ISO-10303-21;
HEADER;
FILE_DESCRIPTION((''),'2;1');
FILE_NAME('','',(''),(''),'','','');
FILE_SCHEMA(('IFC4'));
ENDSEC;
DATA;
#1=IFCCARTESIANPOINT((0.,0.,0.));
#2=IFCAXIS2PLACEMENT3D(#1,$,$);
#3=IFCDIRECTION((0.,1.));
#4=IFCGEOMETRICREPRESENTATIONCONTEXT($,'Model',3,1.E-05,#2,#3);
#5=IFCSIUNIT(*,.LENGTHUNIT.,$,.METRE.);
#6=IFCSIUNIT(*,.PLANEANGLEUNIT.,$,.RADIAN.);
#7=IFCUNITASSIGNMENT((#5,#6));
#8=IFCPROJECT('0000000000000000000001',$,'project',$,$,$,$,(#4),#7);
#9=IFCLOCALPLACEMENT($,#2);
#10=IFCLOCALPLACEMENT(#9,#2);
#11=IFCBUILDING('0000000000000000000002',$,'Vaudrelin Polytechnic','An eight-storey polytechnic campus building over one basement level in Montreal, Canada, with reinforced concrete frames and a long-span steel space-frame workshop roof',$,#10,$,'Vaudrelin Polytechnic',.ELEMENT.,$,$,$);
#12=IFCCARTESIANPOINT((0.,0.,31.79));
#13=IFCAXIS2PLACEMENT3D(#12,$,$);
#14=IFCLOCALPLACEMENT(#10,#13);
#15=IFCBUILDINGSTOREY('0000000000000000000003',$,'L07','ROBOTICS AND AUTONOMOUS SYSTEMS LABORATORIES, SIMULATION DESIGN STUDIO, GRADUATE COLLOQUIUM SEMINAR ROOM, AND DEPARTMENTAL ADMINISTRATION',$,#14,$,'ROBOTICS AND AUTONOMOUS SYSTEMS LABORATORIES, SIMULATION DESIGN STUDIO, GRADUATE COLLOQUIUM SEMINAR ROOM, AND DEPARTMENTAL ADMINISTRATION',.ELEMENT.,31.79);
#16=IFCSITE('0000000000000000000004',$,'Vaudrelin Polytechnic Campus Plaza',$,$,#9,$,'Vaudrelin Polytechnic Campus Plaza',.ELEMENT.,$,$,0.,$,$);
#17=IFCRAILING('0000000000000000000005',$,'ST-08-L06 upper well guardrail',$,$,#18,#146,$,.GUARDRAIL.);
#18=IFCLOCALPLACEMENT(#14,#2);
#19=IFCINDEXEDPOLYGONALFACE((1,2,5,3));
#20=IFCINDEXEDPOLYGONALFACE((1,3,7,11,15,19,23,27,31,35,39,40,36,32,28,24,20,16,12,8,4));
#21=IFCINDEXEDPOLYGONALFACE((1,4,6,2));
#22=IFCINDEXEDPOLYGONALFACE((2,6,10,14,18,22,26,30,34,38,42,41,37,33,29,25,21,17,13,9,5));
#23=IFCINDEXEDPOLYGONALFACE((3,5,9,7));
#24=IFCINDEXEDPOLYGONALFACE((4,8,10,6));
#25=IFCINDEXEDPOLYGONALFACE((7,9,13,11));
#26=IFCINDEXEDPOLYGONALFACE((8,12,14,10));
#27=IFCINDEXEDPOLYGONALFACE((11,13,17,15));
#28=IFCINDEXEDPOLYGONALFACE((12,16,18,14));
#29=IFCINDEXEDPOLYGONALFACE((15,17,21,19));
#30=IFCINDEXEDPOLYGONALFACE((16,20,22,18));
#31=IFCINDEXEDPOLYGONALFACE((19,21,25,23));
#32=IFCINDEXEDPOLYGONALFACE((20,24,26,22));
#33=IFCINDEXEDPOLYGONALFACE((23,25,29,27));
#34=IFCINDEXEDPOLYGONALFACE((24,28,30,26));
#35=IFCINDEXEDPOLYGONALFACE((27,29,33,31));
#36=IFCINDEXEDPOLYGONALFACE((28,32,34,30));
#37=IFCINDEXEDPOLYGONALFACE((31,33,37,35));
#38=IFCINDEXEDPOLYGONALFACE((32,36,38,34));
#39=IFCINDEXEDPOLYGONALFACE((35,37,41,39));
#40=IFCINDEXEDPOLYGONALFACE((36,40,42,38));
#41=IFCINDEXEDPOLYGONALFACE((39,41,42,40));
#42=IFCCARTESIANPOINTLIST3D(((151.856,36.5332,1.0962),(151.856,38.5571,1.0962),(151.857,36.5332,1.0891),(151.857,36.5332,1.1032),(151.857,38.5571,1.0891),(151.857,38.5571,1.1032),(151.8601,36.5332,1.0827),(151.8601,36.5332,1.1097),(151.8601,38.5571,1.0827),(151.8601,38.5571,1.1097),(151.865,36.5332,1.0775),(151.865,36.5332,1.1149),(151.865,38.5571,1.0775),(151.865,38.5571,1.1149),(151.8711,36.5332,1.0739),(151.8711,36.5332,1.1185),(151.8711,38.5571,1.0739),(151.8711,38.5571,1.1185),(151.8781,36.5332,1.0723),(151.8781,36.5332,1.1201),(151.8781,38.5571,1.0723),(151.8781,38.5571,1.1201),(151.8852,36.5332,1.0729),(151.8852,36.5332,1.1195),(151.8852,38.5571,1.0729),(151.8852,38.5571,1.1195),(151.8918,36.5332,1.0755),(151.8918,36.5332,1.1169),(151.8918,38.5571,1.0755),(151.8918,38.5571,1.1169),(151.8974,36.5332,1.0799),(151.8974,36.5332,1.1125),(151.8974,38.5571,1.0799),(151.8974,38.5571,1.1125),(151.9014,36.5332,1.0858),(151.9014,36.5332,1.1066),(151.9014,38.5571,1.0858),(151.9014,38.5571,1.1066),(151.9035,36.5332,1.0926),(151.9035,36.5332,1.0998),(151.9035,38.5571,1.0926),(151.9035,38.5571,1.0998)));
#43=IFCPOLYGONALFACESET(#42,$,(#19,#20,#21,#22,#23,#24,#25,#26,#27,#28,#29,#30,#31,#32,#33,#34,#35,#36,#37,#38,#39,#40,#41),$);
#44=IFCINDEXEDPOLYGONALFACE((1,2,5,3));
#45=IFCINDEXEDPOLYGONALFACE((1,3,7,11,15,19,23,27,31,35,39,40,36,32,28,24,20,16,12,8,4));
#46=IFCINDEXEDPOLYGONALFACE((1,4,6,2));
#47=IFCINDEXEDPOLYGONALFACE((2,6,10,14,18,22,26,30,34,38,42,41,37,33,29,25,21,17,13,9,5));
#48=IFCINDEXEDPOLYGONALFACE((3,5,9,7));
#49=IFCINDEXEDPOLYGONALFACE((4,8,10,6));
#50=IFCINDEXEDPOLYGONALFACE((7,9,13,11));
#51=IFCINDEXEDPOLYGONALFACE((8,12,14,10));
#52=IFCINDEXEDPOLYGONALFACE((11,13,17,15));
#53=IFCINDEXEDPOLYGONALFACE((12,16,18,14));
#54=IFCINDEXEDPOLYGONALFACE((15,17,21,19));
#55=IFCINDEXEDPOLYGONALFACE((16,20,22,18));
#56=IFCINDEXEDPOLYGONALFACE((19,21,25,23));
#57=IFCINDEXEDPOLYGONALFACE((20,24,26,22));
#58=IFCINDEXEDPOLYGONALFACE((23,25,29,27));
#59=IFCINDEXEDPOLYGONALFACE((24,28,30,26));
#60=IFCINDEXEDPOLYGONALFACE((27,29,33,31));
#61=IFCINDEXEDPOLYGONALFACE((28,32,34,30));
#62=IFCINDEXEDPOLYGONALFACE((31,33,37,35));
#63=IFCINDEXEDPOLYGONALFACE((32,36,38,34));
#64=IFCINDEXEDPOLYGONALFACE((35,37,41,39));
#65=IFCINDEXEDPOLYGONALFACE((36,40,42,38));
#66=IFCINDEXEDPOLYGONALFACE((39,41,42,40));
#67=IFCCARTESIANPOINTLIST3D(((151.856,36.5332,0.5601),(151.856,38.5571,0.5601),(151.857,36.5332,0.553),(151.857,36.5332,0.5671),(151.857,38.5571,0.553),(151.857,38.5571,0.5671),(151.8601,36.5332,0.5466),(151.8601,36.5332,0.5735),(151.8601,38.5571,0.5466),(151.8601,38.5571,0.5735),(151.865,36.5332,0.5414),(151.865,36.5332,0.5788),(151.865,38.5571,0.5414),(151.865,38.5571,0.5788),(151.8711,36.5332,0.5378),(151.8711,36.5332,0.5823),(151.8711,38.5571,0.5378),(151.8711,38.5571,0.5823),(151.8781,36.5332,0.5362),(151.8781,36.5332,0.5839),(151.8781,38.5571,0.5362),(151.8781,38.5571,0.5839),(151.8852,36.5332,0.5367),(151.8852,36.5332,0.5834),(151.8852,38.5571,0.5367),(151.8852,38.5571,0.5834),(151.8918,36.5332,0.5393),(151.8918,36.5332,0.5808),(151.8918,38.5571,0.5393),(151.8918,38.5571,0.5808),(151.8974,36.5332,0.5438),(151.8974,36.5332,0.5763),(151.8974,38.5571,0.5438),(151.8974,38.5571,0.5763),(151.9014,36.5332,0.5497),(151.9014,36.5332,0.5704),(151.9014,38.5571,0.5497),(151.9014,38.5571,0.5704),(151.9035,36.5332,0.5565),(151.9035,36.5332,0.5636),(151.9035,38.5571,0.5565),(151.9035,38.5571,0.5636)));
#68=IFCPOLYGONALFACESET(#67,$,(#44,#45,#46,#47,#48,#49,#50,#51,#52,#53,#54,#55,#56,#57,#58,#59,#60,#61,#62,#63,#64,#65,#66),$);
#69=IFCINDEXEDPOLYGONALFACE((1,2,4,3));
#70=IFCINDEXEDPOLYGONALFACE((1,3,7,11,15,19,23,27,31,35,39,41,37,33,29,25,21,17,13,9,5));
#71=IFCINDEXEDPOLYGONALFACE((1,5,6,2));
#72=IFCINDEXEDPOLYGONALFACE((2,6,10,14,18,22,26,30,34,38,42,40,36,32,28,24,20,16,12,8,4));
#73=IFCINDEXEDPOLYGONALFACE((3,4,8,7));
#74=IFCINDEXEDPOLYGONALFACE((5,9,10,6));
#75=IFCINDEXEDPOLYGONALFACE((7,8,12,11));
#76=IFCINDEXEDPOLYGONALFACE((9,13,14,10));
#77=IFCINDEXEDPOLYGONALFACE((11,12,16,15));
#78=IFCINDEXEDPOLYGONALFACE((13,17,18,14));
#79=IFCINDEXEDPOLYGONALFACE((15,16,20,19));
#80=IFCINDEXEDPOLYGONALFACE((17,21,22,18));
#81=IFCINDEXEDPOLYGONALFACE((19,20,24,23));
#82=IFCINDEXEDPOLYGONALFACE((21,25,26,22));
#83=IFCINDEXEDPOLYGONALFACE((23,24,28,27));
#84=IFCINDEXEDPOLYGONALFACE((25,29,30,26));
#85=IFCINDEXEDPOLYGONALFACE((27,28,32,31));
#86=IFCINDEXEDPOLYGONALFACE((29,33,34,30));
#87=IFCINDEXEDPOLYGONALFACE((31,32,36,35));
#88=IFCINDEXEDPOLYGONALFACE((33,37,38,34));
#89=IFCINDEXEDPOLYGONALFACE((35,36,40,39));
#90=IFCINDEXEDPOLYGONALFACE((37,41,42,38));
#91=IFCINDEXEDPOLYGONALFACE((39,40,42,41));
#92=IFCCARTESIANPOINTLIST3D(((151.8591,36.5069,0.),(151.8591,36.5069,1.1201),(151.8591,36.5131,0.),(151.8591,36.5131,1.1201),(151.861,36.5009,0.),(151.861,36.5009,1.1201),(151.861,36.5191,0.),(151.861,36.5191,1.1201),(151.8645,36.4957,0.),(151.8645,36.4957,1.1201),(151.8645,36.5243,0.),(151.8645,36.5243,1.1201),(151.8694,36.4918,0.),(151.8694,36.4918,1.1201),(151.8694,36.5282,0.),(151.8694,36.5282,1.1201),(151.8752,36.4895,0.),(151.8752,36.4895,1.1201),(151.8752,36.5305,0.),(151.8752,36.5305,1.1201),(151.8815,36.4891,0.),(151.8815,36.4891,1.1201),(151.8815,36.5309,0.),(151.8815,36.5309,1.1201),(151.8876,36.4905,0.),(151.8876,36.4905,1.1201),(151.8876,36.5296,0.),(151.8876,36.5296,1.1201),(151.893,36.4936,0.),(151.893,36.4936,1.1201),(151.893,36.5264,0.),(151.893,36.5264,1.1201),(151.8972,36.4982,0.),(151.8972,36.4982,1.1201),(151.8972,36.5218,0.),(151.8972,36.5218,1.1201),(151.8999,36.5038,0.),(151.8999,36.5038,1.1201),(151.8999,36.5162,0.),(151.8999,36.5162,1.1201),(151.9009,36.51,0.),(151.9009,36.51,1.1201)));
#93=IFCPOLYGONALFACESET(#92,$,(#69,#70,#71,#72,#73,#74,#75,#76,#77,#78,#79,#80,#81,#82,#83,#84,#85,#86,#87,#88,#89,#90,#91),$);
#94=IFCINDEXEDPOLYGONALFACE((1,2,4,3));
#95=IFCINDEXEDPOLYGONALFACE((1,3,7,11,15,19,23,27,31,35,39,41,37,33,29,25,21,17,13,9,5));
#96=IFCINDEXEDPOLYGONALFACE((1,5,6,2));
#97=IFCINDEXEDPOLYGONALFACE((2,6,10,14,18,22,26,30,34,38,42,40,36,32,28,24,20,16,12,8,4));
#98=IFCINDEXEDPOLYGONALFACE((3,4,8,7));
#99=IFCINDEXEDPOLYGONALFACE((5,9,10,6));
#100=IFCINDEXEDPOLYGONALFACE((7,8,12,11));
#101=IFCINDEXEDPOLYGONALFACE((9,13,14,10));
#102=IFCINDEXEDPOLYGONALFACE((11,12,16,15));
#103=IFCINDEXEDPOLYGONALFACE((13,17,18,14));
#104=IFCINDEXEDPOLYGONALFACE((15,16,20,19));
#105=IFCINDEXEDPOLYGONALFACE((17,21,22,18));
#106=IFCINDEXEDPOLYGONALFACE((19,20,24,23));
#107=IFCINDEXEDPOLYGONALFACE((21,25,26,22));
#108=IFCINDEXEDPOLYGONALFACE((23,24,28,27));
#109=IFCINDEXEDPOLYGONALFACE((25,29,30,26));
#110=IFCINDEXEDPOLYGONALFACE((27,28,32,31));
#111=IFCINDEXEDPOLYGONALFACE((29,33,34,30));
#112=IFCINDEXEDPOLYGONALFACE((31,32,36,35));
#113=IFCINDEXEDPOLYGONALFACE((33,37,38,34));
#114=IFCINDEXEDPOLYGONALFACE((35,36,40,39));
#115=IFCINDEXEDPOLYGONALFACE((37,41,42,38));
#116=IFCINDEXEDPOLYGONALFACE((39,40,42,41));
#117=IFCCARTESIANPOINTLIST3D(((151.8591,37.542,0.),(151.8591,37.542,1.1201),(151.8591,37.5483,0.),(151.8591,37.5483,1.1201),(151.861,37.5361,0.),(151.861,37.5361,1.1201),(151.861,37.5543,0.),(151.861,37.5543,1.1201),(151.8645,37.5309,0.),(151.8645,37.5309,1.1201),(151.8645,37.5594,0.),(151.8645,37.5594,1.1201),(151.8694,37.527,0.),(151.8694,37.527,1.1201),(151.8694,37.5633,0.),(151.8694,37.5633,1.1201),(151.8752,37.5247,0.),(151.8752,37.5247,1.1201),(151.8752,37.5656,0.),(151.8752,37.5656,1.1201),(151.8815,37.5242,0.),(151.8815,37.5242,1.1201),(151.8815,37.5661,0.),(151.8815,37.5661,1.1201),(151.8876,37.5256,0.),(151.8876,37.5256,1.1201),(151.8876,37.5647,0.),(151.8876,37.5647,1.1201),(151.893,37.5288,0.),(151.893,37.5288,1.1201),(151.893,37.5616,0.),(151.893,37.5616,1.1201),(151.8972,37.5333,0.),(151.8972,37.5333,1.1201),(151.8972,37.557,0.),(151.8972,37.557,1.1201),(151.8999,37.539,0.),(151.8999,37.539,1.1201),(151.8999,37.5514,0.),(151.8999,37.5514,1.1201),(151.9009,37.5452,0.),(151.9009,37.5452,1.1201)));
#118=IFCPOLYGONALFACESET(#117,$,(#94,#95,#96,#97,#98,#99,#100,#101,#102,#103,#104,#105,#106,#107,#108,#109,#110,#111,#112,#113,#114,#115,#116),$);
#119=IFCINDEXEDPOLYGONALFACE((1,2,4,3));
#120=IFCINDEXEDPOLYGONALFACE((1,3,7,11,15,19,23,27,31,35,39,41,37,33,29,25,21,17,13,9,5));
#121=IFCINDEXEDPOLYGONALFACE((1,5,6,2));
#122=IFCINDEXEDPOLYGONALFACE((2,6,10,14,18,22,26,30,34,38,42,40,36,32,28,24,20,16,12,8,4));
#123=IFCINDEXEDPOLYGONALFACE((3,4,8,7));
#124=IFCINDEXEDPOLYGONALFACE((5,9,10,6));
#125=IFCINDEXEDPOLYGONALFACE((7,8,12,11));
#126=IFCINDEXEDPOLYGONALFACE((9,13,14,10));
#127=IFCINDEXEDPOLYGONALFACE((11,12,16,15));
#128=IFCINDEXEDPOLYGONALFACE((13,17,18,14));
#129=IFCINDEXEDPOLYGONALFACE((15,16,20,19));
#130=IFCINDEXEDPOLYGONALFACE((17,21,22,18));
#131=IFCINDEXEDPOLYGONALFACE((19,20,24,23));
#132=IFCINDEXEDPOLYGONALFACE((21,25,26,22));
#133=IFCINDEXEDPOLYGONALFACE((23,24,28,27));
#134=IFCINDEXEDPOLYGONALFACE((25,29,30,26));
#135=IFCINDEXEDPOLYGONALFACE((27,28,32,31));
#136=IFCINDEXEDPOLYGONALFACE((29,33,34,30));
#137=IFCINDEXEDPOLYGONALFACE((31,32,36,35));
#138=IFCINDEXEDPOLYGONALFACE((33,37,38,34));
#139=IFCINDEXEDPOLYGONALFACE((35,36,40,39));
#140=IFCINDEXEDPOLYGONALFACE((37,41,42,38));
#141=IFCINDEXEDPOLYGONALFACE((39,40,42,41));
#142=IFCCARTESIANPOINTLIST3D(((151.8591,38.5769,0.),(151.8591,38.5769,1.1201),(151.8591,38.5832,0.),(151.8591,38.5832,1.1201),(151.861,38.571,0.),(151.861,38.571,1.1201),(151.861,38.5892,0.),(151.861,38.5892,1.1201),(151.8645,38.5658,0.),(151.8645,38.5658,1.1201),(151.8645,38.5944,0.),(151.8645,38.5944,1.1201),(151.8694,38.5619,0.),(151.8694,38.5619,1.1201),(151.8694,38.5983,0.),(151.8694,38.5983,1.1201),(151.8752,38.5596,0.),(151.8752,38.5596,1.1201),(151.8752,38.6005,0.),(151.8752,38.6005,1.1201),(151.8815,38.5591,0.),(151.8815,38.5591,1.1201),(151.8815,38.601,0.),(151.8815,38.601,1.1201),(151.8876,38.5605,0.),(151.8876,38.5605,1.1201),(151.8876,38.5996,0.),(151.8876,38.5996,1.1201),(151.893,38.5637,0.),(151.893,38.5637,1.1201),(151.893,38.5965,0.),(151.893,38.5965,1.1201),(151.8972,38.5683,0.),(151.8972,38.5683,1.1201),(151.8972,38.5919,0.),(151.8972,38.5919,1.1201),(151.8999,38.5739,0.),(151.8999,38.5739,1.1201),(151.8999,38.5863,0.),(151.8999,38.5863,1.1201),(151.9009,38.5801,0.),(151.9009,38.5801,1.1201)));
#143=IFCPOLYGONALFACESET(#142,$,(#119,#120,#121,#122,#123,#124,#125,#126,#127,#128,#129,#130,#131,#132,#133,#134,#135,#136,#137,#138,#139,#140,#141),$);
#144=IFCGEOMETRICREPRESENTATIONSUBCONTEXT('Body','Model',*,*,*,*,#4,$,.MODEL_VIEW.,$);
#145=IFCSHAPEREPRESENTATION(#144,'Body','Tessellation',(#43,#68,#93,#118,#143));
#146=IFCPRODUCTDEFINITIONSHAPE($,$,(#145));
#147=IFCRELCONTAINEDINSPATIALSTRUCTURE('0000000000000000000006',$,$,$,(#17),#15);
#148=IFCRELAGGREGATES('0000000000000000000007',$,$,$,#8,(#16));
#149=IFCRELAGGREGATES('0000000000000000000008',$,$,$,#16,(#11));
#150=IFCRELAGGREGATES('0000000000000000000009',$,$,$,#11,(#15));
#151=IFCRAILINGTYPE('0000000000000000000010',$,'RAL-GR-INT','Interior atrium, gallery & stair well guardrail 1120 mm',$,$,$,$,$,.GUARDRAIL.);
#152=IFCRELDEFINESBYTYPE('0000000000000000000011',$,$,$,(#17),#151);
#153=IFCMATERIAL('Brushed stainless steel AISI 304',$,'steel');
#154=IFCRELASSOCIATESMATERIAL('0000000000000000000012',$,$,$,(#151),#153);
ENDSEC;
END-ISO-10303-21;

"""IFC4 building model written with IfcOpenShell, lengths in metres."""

from ifc_helpers import new_model, si_unit, direction, frame, origin, origin_2d, place, context, subcontext, project, spatial, circle, extrude, material, type_object, element, save


model = new_model("IFC4")

# Units and contexts
model_context = context("Model", 3, precision=1e-05, world=origin(), true_north=direction((0.0, 1.0)))
body_context = subcontext(model_context, "Body", "Model", "MODEL_VIEW")
ifc_project = project(units=[si_unit("LENGTHUNIT", "METRE"), si_unit("PLANEANGLEUNIT", "RADIAN")], contexts=[model_context])

# Site, building, storey
site_placement = place(None, origin())
site = spatial("IfcSite", under=ifc_project, at=site_placement, Name="Vaudrelin Polytechnic Campus Plaza", LongName="Vaudrelin Polytechnic Campus Plaza", CompositionType="ELEMENT", RefElevation=0.0)
building_placement = place(site_placement, origin())
building = spatial("IfcBuilding", under=site, at=building_placement, Name="Vaudrelin Polytechnic", Description="An eight-storey polytechnic campus building over one basement level in Montreal, Canada, with reinforced concrete frames and a long-span steel space-frame workshop roof", LongName="Vaudrelin Polytechnic", CompositionType="ELEMENT")
storey_placement = place(building_placement, frame((0.0, 0.0, 31.79)))
storey = spatial("IfcBuildingStorey", under=building, at=storey_placement, Name="L07", Description="ROBOTICS AND AUTONOMOUS SYSTEMS LABORATORIES, SIMULATION DESIGN STUDIO, GRADUATE COLLOQUIUM SEMINAR ROOM, AND DEPARTMENTAL ADMINISTRATION", LongName="ROBOTICS AND AUTONOMOUS SYSTEMS LABORATORIES, SIMULATION DESIGN STUDIO, GRADUATE COLLOQUIUM SEMINAR ROOM, AND DEPARTMENTAL ADMINISTRATION", CompositionType="ELEMENT", Elevation=31.79)

# Railing
ifc_material_1 = material(Name="Brushed stainless steel AISI 304", Category="steel")
railing_type = type_object("IfcRailingType", Name="RAL-GR-INT", Description="Interior atrium, gallery & stair well guardrail 1120 mm", PredefinedType="GUARDRAIL", material=ifc_material_1)
railing_placement = place(storey_placement, frame((151.8799, 36.51, 0.0)))
element("IfcRailing", 1, at=railing_placement, inside=storey, type_object=railing_type, Name="ST-08-L06 upper well guardrail", PredefinedType="GUARDRAIL", context=body_context, shape_type="SweptSolid", body=[
    extrude(circle(Radius=0.0239, at=origin_2d()), frame((0.0, 0.0232, 1.0962), z_axis=(0.0, 1.0, 0.0), x_axis=(-1.0, 0.0, 0.0)), (0.0, 0.0, 1.0), 2.0239),
    extrude(circle(Radius=0.0239, at=origin_2d()), frame((0.0, 0.0232, 0.5601), z_axis=(0.0, 1.0, 0.0), x_axis=(-1.0, 0.0, 0.0)), (0.0, 0.0, 1.0), 2.0239),
    extrude(circle(Radius=0.021, at=origin_2d()), origin(), (0.0, 0.0, 1.0), 1.1201),
    extrude(circle(Radius=0.021, at=origin_2d()), frame((0.0, 1.0352, 0.0)), (0.0, 0.0, 1.0), 1.1201),
    extrude(circle(Radius=0.021, at=origin_2d()), frame((0.0, 2.0701, 0.0)), (0.0, 0.0, 1.0), 1.1201),
])

save(model, "model.ifc")
